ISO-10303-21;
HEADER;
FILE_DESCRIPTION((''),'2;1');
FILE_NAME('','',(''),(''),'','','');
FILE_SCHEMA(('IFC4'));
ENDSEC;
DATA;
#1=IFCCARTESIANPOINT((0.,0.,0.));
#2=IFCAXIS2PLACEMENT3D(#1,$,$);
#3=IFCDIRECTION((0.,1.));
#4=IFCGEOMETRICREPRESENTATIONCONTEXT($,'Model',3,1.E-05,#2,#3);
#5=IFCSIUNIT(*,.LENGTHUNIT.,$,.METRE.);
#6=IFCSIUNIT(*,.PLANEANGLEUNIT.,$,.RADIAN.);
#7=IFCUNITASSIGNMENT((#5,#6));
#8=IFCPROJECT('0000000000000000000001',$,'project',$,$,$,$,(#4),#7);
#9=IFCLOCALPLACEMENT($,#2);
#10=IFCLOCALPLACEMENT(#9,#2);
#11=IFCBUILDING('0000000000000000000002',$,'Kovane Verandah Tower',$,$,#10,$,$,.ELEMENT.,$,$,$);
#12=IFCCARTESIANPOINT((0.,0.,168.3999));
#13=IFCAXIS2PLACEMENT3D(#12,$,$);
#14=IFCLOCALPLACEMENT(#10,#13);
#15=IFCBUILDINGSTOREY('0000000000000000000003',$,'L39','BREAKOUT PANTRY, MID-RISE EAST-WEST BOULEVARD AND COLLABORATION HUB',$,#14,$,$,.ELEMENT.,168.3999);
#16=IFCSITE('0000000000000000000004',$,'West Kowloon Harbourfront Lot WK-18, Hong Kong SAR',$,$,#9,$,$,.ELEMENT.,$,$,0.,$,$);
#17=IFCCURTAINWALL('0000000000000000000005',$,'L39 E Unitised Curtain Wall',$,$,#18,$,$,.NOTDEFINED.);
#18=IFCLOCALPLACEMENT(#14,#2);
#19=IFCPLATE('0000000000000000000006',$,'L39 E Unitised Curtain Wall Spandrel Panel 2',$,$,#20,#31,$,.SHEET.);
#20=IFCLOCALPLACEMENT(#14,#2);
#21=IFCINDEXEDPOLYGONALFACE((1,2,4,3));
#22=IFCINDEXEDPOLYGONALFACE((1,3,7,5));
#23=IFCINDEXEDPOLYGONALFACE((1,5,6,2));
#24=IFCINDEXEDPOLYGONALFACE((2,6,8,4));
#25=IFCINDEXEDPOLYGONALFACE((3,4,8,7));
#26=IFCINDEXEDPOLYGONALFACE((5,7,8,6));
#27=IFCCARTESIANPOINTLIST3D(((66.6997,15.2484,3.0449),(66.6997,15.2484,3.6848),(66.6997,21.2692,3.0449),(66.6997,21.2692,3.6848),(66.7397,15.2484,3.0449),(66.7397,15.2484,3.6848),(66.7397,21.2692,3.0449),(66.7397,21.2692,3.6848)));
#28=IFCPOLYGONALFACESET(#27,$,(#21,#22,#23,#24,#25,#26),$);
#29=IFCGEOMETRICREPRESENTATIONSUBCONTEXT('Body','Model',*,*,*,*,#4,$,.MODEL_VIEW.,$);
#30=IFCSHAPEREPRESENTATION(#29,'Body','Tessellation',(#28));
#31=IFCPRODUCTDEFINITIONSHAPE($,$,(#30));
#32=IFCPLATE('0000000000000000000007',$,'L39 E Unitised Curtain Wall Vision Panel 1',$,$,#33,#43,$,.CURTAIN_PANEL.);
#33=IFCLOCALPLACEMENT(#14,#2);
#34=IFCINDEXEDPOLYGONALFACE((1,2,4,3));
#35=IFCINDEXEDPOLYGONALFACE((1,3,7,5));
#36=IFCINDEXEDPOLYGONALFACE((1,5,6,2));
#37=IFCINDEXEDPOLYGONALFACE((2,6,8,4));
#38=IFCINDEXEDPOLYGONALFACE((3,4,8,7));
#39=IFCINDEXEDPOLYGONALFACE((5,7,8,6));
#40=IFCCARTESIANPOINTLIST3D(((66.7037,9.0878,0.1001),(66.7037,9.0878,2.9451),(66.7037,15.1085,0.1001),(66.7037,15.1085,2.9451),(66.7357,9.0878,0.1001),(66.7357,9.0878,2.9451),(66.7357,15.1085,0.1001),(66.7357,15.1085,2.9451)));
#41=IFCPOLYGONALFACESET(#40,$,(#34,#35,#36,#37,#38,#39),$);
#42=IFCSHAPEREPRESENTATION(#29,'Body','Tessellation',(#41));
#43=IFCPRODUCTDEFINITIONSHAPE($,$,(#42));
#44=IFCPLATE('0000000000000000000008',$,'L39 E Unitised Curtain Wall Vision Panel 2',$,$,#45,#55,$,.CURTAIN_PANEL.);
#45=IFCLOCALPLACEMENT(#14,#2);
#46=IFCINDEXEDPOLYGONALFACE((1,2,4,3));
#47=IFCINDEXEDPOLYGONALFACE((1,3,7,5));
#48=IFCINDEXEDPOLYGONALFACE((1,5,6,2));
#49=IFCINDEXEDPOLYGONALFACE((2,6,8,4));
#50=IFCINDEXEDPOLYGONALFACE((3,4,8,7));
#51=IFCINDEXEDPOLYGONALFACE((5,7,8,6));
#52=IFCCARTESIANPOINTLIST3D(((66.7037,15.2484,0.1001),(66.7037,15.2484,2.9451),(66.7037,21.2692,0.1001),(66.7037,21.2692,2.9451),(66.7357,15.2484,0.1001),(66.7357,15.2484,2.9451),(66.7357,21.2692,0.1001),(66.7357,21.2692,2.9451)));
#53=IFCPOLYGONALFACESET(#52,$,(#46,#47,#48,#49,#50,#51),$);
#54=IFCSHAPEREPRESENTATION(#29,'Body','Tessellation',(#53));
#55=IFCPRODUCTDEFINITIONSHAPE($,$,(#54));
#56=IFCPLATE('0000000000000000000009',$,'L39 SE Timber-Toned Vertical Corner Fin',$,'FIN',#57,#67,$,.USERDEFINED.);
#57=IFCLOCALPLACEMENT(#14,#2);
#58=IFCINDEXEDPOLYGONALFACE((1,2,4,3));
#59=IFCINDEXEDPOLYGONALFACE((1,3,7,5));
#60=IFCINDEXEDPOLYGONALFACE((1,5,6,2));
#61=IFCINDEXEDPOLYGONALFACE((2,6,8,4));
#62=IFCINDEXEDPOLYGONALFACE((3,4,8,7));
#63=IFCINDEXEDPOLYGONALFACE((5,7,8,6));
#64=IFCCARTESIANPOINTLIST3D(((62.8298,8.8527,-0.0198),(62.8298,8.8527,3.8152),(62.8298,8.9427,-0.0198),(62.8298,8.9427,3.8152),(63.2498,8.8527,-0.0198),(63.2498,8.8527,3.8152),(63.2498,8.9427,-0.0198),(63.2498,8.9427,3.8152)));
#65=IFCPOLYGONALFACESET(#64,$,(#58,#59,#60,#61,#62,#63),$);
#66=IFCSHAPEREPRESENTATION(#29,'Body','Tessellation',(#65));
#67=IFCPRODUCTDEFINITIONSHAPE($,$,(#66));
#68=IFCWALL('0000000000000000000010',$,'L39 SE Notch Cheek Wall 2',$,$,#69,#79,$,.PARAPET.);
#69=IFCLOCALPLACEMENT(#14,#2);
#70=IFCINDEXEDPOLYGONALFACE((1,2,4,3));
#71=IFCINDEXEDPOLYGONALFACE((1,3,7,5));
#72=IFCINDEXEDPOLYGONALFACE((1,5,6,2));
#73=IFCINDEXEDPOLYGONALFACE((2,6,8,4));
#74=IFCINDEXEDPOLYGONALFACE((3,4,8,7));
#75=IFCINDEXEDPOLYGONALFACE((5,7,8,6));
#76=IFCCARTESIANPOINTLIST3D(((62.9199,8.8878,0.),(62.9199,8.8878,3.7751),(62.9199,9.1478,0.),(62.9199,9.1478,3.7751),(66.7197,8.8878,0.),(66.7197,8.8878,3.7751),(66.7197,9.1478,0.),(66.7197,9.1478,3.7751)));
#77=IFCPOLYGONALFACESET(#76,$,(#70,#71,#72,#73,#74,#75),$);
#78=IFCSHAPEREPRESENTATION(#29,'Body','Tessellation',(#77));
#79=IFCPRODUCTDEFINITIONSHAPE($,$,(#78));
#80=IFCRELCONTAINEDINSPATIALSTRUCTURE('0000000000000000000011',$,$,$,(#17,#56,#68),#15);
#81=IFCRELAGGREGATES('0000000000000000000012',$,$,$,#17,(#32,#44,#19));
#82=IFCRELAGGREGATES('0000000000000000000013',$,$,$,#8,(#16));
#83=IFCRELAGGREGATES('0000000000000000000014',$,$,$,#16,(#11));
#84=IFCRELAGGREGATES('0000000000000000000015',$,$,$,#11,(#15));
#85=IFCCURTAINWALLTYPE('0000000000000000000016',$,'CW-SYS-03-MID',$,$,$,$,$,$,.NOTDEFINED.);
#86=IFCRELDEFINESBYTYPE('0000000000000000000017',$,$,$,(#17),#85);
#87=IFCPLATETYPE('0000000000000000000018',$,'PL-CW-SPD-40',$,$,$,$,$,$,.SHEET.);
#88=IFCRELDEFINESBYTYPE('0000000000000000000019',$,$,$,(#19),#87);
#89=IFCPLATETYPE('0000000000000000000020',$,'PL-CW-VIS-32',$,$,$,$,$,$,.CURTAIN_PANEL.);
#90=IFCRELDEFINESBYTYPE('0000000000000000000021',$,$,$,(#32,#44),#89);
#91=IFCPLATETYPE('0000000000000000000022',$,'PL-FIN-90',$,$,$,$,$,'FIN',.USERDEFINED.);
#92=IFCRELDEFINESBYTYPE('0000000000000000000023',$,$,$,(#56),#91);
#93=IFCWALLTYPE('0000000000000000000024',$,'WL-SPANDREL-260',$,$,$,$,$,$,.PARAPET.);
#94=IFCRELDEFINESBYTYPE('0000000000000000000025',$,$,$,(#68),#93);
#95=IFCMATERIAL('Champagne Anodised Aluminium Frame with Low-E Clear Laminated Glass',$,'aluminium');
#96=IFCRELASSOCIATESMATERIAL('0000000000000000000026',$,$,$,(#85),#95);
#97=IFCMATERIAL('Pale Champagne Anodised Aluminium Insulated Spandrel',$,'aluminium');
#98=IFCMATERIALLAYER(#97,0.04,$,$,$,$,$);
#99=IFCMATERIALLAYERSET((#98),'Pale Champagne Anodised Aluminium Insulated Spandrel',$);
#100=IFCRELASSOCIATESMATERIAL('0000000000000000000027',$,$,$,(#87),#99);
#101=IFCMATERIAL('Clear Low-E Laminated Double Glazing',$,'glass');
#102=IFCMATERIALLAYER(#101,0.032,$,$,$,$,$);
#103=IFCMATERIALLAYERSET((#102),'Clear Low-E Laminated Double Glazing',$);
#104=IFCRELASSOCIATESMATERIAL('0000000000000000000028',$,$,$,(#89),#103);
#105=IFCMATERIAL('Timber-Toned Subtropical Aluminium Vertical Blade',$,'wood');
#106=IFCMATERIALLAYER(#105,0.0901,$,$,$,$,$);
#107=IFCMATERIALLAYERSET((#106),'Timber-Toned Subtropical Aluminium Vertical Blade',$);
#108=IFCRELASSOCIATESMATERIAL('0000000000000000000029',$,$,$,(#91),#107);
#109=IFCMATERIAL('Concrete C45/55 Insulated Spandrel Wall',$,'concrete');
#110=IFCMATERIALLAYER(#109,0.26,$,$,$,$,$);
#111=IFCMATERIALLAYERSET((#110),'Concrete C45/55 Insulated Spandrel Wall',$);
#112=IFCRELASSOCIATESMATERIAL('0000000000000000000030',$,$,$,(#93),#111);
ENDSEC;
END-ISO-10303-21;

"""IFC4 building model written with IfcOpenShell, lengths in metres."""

from ifc_helpers import new_model, si_unit, direction, frame, frame_2d, origin, origin_2d, place, context, subcontext, project, spatial, rectangle, extrude, material, layer, layer_set, type_object, element, aggregate, save


model = new_model("IFC4")

# Units and contexts
model_context = context("Model", 3, precision=1e-05, world=origin(), true_north=direction((0.0, 1.0)))
body_context = subcontext(model_context, "Body", "Model", "MODEL_VIEW")
ifc_project = project(units=[si_unit("LENGTHUNIT", "METRE"), si_unit("PLANEANGLEUNIT", "RADIAN")], contexts=[model_context])

# Site, building, storey
site_placement = place(None, origin())
site = spatial("IfcSite", under=ifc_project, at=site_placement, Name="West Kowloon Harbourfront Lot WK-18, Hong Kong SAR", CompositionType="ELEMENT", RefElevation=0.0)
building_placement = place(site_placement, origin())
building = spatial("IfcBuilding", under=site, at=building_placement, Name="Kovane Verandah Tower", CompositionType="ELEMENT")
storey_placement = place(building_placement, frame((0.0, 0.0, 168.3999)))
storey = spatial("IfcBuildingStorey", under=building, at=storey_placement, Name="L39", Description="BREAKOUT PANTRY, MID-RISE EAST-WEST BOULEVARD AND COLLABORATION HUB", CompositionType="ELEMENT", Elevation=168.3999)

# Curtain wall
ifc_material_1 = material(Name="Champagne Anodised Aluminium Frame with Low-E Clear Laminated Glass", Category="aluminium")
curtain_wall_type = type_object("IfcCurtainWallType", Name="CW-SYS-03-MID", PredefinedType="NOTDEFINED", material=ifc_material_1)
curtain_wall_placement = place(storey_placement, origin())
curtain_wall = element("IfcCurtainWall", 1, at=curtain_wall_placement, inside=storey, type_object=curtain_wall_type, Name="L39 E Unitised Curtain Wall", PredefinedType="NOTDEFINED")

# Plates
ifc_material_2 = material(Name="Pale Champagne Anodised Aluminium Insulated Spandrel", Category="aluminium")
ifc_layer_1 = layer(ifc_material_2, 0.04)
ifc_layer_set_1 = layer_set([ifc_layer_1], Name="Pale Champagne Anodised Aluminium Insulated Spandrel")
plate_type_1 = type_object("IfcPlateType", Name="PL-CW-SPD-40", PredefinedType="SHEET", material=ifc_layer_set_1)
plate_1_placement = place(storey_placement, frame((66.7197, 18.2588, 3.0449), z_axis=(0.0, 0.0, 1.0), x_axis=(0.0, 1.0, 0.0)))
plate_1 = element("IfcPlate", 2, at=plate_1_placement, type_object=plate_type_1, Name="L39 E Unitised Curtain Wall Spandrel Panel 2", PredefinedType="SHEET", context=body_context, shape_type="SweptSolid", body=[
    extrude(rectangle(XDim=6.0208, YDim=0.04, at=origin_2d()), origin(), (0.0, 0.0, 1.0), 0.6399),
])
ifc_material_3 = material(Name="Clear Low-E Laminated Double Glazing", Category="glass")
ifc_layer_2 = layer(ifc_material_3, 0.032)
ifc_layer_set_2 = layer_set([ifc_layer_2], Name="Clear Low-E Laminated Double Glazing")
plate_type_2 = type_object("IfcPlateType", Name="PL-CW-VIS-32", PredefinedType="CURTAIN_PANEL", material=ifc_layer_set_2)
plate_2_placement = place(storey_placement, frame((66.7197, 12.0981, 0.1001), z_axis=(0.0, 0.0, 1.0), x_axis=(0.0, 1.0, 0.0)))
plate_2 = element("IfcPlate", 3, at=plate_2_placement, type_object=plate_type_2, Name="L39 E Unitised Curtain Wall Vision Panel 1", PredefinedType="CURTAIN_PANEL", context=body_context, shape_type="SweptSolid", body=[
    extrude(rectangle(XDim=6.0208, YDim=0.032, at=origin_2d()), origin(), (0.0, 0.0, 1.0), 2.845),
])
plate_3_placement = place(storey_placement, frame((66.7197, 18.2588, 0.1001), z_axis=(0.0, 0.0, 1.0), x_axis=(0.0, 1.0, 0.0)))
plate_3 = element("IfcPlate", 4, at=plate_3_placement, type_object=plate_type_2, Name="L39 E Unitised Curtain Wall Vision Panel 2", PredefinedType="CURTAIN_PANEL", context=body_context, shape_type="SweptSolid", body=[
    extrude(rectangle(XDim=6.0208, YDim=0.032, at=origin_2d()), origin(), (0.0, 0.0, 1.0), 2.845),
])
aggregate(curtain_wall, [plate_2, plate_3, plate_1])
ifc_material_4 = material(Name="Timber-Toned Subtropical Aluminium Vertical Blade", Category="wood")
ifc_layer_3 = layer(ifc_material_4, 0.0901)
ifc_layer_set_3 = layer_set([ifc_layer_3], Name="Timber-Toned Subtropical Aluminium Vertical Blade")
plate_type_3 = type_object("IfcPlateType", Name="PL-FIN-90", ElementType="FIN", PredefinedType="USERDEFINED", material=ifc_layer_set_3)
plate_4_placement = place(storey_placement, frame((63.0398, 8.8977, -0.0198), z_axis=(0.0, 0.0, 1.0), x_axis=(1.0, 0.0, 0.0)))
element("IfcPlate", 5, at=plate_4_placement, inside=storey, type_object=plate_type_3, Name="L39 SE Timber-Toned Vertical Corner Fin", ObjectType="FIN", PredefinedType="USERDEFINED", context=body_context, shape_type="SweptSolid", body=[
    extrude(rectangle(XDim=0.4199, YDim=0.0901, at=origin_2d()), origin(), (0.0, 0.0, 1.0), 3.835),
])

# Wall
ifc_material_5 = material(Name="Concrete C45/55 Insulated Spandrel Wall", Category="concrete")
ifc_layer_4 = layer(ifc_material_5, 0.26)
ifc_layer_set_4 = layer_set([ifc_layer_4], Name="Concrete C45/55 Insulated Spandrel Wall")
wall_type = type_object("IfcWallType", Name="WL-SPANDREL-260", PredefinedType="PARAPET", material=ifc_layer_set_4)
wall_placement = place(storey_placement, frame((62.9199, 9.0178, 0.0), z_axis=(0.0, 0.0, 1.0), x_axis=(1.0, 0.0, 0.0)))
element("IfcWall", 6, at=wall_placement, inside=storey, type_object=wall_type, Name="L39 SE Notch Cheek Wall 2", PredefinedType="PARAPET", context=body_context, shape_type="SweptSolid", body=[
    extrude(rectangle(XDim=3.7998, YDim=0.26, at=frame_2d((1.8999, 0.0))), origin(), (0.0, 0.0, 1.0), 3.7751),
])

save(model, "model.ifc")
